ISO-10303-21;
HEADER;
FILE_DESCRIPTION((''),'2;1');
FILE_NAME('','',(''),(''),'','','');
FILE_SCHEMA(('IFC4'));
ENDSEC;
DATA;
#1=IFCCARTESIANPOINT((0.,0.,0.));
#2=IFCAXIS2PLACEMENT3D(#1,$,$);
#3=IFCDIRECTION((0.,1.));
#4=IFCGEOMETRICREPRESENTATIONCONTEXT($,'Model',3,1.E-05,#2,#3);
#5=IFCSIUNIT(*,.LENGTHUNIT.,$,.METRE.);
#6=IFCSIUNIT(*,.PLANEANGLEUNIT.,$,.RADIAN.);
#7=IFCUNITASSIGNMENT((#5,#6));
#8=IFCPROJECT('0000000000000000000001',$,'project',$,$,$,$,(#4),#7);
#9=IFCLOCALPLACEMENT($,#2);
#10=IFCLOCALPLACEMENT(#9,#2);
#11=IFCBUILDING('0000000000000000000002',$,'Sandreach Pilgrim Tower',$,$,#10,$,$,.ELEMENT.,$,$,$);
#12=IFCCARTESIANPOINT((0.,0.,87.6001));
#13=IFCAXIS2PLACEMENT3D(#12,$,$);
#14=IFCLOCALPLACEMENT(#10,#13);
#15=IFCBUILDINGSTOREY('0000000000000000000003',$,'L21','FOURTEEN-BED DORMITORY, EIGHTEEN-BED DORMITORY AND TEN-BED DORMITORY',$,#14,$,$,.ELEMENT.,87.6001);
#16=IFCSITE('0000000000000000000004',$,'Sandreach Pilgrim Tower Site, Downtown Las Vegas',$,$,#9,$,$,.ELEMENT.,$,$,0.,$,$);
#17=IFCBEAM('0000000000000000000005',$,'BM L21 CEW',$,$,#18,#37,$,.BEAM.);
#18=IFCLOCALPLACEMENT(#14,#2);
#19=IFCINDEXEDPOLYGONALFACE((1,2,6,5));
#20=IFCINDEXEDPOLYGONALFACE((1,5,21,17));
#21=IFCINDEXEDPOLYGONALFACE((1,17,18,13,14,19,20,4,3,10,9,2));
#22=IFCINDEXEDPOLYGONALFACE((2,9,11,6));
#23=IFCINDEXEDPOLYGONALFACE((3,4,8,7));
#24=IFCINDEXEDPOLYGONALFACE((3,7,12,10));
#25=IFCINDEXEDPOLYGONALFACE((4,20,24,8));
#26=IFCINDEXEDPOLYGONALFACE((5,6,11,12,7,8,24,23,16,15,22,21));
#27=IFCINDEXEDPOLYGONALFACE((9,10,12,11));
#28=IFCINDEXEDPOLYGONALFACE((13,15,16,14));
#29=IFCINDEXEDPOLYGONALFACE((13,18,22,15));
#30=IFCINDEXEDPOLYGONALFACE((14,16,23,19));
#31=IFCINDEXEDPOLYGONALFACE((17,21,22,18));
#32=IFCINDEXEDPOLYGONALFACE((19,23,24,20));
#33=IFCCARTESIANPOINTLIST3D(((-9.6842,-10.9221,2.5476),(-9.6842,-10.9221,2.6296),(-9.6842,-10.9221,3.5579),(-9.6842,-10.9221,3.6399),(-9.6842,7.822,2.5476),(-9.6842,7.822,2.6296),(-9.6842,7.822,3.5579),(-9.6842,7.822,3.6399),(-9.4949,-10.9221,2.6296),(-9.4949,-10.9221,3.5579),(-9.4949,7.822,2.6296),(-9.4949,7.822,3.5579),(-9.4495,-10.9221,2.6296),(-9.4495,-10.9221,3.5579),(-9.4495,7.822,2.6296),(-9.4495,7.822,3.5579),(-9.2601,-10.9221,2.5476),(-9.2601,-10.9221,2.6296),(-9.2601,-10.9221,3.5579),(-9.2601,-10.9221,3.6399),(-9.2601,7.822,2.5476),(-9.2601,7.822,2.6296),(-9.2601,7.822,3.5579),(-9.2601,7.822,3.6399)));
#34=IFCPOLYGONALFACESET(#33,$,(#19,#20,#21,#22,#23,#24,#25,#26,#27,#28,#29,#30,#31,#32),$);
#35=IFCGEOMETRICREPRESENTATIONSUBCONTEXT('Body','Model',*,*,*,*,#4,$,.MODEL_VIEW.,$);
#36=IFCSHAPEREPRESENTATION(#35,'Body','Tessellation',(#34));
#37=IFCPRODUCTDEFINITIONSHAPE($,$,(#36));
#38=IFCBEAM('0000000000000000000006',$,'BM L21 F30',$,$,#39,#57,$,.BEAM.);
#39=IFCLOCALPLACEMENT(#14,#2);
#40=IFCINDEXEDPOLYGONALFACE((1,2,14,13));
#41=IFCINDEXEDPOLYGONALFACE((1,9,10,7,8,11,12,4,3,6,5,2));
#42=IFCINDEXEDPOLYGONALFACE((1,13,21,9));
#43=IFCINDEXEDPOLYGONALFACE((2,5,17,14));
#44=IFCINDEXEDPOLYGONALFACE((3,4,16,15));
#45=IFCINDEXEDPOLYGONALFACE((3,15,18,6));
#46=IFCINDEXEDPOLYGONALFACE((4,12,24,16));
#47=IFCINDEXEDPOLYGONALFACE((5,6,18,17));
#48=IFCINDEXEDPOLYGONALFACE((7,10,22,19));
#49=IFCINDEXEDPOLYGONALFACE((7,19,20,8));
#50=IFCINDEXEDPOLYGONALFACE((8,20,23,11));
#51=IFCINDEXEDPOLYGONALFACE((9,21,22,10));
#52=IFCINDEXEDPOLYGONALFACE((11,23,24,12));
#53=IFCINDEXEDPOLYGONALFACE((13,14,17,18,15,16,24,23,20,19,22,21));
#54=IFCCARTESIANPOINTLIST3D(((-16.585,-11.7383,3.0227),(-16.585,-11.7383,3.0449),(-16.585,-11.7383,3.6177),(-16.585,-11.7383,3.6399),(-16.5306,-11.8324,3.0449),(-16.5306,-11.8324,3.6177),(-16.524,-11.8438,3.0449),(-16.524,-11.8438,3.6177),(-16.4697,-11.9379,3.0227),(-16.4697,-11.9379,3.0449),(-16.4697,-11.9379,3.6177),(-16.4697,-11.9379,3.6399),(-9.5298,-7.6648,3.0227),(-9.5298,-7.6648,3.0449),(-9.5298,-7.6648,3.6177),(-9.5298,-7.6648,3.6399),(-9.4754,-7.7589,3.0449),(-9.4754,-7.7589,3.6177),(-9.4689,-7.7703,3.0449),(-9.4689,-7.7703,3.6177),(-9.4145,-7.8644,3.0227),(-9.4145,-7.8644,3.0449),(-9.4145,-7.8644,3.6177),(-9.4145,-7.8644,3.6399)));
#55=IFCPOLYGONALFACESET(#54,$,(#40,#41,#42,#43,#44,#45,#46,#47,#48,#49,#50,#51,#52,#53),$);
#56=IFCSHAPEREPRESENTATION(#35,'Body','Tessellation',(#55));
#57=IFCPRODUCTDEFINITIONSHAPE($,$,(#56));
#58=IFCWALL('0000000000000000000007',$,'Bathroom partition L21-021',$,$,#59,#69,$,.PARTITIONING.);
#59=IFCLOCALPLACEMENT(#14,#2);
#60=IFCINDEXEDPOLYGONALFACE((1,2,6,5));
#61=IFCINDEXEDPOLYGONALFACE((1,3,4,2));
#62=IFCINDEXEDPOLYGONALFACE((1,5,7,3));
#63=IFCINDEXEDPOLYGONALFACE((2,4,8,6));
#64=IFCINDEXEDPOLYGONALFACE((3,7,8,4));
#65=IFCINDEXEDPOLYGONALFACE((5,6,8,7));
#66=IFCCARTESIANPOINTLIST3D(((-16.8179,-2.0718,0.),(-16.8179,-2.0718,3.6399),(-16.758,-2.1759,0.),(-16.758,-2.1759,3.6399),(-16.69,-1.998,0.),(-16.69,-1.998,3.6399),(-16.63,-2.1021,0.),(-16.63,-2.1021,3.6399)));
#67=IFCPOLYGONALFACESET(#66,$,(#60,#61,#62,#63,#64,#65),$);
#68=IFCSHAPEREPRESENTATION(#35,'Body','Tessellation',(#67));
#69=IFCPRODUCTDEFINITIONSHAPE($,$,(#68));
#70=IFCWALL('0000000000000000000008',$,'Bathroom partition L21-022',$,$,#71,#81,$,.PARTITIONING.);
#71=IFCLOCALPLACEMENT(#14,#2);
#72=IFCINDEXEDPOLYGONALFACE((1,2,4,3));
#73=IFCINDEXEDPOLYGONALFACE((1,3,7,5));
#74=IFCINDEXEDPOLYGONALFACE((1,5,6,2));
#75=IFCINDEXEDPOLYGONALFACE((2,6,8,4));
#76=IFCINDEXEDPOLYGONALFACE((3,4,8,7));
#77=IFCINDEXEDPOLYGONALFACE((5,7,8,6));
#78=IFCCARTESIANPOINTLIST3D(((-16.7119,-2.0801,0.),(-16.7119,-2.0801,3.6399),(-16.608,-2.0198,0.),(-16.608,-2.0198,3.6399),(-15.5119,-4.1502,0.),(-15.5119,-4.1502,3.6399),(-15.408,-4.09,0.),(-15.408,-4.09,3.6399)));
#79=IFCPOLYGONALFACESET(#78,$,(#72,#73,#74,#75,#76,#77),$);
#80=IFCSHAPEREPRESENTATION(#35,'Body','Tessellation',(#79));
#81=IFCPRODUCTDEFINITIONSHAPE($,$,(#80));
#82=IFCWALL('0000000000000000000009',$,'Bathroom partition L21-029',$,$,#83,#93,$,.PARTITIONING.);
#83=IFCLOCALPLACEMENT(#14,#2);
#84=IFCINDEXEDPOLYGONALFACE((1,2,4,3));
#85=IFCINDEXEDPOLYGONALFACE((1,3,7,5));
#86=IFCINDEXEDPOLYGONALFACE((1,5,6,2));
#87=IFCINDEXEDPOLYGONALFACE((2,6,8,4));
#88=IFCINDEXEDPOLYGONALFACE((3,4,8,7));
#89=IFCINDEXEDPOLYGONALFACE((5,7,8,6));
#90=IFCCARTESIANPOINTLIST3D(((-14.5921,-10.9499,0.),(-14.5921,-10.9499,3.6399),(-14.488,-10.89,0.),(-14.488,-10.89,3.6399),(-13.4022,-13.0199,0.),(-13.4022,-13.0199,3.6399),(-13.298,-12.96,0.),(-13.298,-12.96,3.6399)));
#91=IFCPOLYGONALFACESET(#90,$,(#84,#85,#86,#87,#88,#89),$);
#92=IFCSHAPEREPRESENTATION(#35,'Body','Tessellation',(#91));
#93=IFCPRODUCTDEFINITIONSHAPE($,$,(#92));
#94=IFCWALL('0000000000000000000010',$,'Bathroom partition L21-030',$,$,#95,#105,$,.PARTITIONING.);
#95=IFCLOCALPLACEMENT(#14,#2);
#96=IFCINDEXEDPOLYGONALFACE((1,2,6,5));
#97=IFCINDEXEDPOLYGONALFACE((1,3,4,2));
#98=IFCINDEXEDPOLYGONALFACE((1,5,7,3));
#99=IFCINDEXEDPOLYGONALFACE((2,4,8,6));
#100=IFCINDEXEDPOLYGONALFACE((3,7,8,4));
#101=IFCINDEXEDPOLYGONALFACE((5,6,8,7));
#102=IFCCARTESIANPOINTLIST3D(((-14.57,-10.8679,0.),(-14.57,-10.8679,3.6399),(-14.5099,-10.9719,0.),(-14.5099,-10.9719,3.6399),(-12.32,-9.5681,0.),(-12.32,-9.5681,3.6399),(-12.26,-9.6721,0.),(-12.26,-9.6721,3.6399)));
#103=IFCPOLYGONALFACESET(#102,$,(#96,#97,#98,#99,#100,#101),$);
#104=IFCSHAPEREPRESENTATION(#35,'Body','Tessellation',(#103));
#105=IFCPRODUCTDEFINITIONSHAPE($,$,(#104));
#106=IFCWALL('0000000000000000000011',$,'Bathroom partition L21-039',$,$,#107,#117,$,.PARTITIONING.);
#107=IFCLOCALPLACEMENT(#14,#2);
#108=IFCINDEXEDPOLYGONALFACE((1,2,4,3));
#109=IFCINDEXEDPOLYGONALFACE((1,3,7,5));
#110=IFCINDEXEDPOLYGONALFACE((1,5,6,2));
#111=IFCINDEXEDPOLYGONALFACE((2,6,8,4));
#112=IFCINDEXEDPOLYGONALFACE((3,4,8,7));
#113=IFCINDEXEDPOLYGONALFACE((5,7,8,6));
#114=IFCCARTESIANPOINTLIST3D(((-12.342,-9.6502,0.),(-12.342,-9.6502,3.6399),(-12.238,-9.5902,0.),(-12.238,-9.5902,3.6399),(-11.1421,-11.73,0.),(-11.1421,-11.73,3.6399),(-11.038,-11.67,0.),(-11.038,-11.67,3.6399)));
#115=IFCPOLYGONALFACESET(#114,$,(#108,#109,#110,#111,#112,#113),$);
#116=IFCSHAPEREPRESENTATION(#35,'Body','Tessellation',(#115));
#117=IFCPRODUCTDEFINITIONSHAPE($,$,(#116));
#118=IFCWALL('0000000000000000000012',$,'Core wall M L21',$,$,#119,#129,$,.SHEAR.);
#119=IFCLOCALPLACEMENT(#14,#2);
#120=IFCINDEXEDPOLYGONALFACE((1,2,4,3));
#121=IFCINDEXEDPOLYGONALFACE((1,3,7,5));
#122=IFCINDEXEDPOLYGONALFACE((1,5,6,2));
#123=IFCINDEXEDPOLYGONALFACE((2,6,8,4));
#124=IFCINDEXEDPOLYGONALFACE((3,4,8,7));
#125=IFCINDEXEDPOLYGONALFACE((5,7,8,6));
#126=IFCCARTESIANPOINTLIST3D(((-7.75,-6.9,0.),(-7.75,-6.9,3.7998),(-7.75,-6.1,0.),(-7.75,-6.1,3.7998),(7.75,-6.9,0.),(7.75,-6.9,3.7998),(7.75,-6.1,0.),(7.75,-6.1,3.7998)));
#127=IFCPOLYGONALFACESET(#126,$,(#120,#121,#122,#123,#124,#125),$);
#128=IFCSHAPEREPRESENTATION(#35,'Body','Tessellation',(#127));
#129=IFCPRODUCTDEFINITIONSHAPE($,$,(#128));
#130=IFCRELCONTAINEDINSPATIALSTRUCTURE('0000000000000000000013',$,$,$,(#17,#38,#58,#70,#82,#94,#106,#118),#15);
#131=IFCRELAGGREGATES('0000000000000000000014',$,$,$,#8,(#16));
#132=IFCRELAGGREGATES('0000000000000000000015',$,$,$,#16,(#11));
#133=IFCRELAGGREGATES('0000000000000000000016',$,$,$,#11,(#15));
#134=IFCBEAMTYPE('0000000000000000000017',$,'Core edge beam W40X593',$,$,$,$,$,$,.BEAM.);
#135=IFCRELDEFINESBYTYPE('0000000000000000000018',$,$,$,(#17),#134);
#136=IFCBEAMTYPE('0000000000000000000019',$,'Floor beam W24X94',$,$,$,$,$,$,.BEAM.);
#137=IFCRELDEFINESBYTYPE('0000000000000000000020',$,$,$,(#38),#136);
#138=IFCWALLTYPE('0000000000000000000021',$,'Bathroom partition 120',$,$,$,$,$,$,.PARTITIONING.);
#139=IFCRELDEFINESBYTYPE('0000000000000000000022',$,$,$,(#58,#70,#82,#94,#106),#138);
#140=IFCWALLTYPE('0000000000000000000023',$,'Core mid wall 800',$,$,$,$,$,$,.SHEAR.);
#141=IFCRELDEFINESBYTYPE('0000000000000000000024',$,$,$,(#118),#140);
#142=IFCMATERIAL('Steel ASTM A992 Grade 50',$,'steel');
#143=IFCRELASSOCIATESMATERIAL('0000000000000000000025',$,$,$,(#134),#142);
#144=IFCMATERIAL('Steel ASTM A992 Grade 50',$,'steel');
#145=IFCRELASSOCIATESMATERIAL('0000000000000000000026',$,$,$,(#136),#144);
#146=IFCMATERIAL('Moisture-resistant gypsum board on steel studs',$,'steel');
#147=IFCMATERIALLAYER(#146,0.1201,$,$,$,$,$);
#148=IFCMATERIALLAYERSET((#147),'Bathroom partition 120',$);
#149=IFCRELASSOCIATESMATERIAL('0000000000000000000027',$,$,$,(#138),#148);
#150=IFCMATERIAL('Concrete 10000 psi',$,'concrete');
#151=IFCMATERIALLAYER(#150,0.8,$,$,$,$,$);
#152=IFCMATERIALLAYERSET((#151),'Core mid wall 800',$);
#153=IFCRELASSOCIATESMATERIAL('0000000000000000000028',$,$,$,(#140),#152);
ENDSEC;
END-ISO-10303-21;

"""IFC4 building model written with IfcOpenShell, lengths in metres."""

from ifc_helpers import new_model, si_unit, direction, frame, frame_2d, origin, origin_2d, place, context, subcontext, project, spatial, rectangle, i_section, extrude, material, layer, layer_set, material_profile, profile_set, type_object, element, save


model = new_model("IFC4")

# Units and contexts
model_context = context("Model", 3, precision=1e-05, world=origin(), true_north=direction((0.0, 1.0)))
body_context = subcontext(model_context, "Body", "Model", "MODEL_VIEW")
ifc_project = project(units=[si_unit("LENGTHUNIT", "METRE"), si_unit("PLANEANGLEUNIT", "RADIAN")], contexts=[model_context])

# Site, building, storey
site_placement = place(None, origin())
site = spatial("IfcSite", under=ifc_project, at=site_placement, Name="Sandreach Pilgrim Tower Site, Downtown Las Vegas", CompositionType="ELEMENT", RefElevation=0.0)
building_placement = place(site_placement, origin())
building = spatial("IfcBuilding", under=site, at=building_placement, Name="Sandreach Pilgrim Tower", CompositionType="ELEMENT")
storey_placement = place(building_placement, frame((0.0, 0.0, 87.6001)))
storey = spatial("IfcBuildingStorey", under=building, at=storey_placement, Name="L21", Description="FOURTEEN-BED DORMITORY, EIGHTEEN-BED DORMITORY AND TEN-BED DORMITORY", CompositionType="ELEMENT", Elevation=87.6001)

# Beams
ifc_material_1 = material(Name="Steel ASTM A992 Grade 50", Category="steel")
ifc_material_profile_1 = material_profile(ifc_material_1, i_section(OverallWidth=0.4241, OverallDepth=1.0923, WebThickness=0.0454, FlangeThickness=0.082, at=origin_2d()), Name="W40X593")
ifc_profile_set_1 = profile_set([ifc_material_profile_1], Name="Steel ASTM A992 Grade 50")
beam_type_1 = type_object("IfcBeamType", Name="Core edge beam W40X593", PredefinedType="BEAM", material=ifc_profile_set_1)
beam_1_placement = place(storey_placement, frame((-9.4722, -10.9221, 3.0938), z_axis=(0.0, 1.0, 0.0), x_axis=(-1.0, 0.0, 0.0)))
element("IfcBeam", 1, at=beam_1_placement, inside=storey, type_object=beam_type_1, Name="BM L21 CEW", PredefinedType="BEAM", context=body_context, shape_type="SweptSolid", body=[
    extrude(i_section(OverallWidth=0.4241, OverallDepth=1.0923, WebThickness=0.0454, FlangeThickness=0.082, at=origin_2d()), origin(), (0.0, 0.0, 1.0), 18.7441),
])
ifc_material_2 = material(Name="Steel ASTM A992 Grade 50", Category="steel")
ifc_material_profile_2 = material_profile(ifc_material_2, i_section(OverallWidth=0.2305, OverallDepth=0.6172, WebThickness=0.0132, FlangeThickness=0.0222, at=origin_2d()), Name="W24X94")
ifc_profile_set_2 = profile_set([ifc_material_profile_2], Name="Steel ASTM A992 Grade 50")
beam_type_2 = type_object("IfcBeamType", Name="Floor beam W24X94", PredefinedType="BEAM", material=ifc_profile_set_2)
beam_2_placement = place(storey_placement, frame((-16.5273, -11.8381, 3.3313), z_axis=(0.866016, 0.500016, 0.0), x_axis=(-0.500016, 0.866016, 0.0)))
element("IfcBeam", 2, at=beam_2_placement, inside=storey, type_object=beam_type_2, Name="BM L21 F30", PredefinedType="BEAM", context=body_context, shape_type="SweptSolid", body=[
    extrude(i_section(OverallWidth=0.2305, OverallDepth=0.6172, WebThickness=0.0132, FlangeThickness=0.0222, at=origin_2d()), origin(), (0.0, 0.0, 1.0), 8.1467),
])

# Walls
ifc_material_3 = material(Name="Moisture-resistant gypsum board on steel studs", Category="steel")
ifc_layer_1 = layer(ifc_material_3, 0.1201)
ifc_layer_set_1 = layer_set([ifc_layer_1], Name="Bathroom partition 120")
wall_type_1 = type_object("IfcWallType", Name="Bathroom partition 120", PredefinedType="PARTITIONING", material=ifc_layer_set_1)
wall_1_placement = place(storey_placement, frame((-16.7878, -2.1238, 0.0), z_axis=(0.0, 0.0, 1.0), x_axis=(0.866406, 0.499341, 0.0)))
element("IfcWall", 3, at=wall_1_placement, inside=storey, type_object=wall_type_1, Name="Bathroom partition L21-021", PredefinedType="PARTITIONING", context=body_context, shape_type="SweptSolid", body=[
    extrude(rectangle(XDim=0.1477, YDim=0.1201, at=frame_2d((0.0737, 0.0))), origin(), (0.0, 0.0, 1.0), 3.6399),
])
wall_2_placement = place(storey_placement, frame((-16.6599, -2.05, 0.0), z_axis=(0.0, 0.0, 1.0), x_axis=(0.501503, -0.865156, 0.0)))
element("IfcWall", 4, at=wall_2_placement, inside=storey, type_object=wall_type_1, Name="Bathroom partition L21-022", PredefinedType="PARTITIONING", context=body_context, shape_type="SweptSolid", body=[
    extrude(rectangle(XDim=2.3928, YDim=0.1201, at=frame_2d((1.1963, 0.0))), origin(), (0.0, 0.0, 1.0), 3.6399),
])
wall_3_placement = place(storey_placement, frame((-14.54, -10.9199, 0.0), z_axis=(0.0, 0.0, 1.0), x_axis=(0.498362, -0.866969, 0.0)))
element("IfcWall", 5, at=wall_3_placement, inside=storey, type_object=wall_type_1, Name="Bathroom partition L21-029", PredefinedType="PARTITIONING", context=body_context, shape_type="SweptSolid", body=[
    extrude(rectangle(XDim=2.3877, YDim=0.1201, at=frame_2d((1.1938, 0.0))), origin(), (0.0, 0.0, 1.0), 3.6399),
])
wall_4_placement = place(storey_placement, frame((-14.54, -10.9199, 0.0), z_axis=(0.0, 0.0, 1.0), x_axis=(0.865898, 0.500221, 0.0)))
element("IfcWall", 6, at=wall_4_placement, inside=storey, type_object=wall_type_1, Name="Bathroom partition L21-030", PredefinedType="PARTITIONING", context=body_context, shape_type="SweptSolid", body=[
    extrude(rectangle(XDim=2.5984, YDim=0.1201, at=frame_2d((1.2993, 0.0))), origin(), (0.0, 0.0, 1.0), 3.6399),
])
wall_5_placement = place(storey_placement, frame((-12.29, -9.6201, 0.0), z_axis=(0.0, 0.0, 1.0), x_axis=(0.499737, -0.866177, 0.0)))
element("IfcWall", 7, at=wall_5_placement, inside=storey, type_object=wall_type_1, Name="Bathroom partition L21-039", PredefinedType="PARTITIONING", context=body_context, shape_type="SweptSolid", body=[
    extrude(rectangle(XDim=2.4011, YDim=0.1201, at=frame_2d((1.2007, 0.0))), origin(), (0.0, 0.0, 1.0), 3.6399),
])
ifc_material_4 = material(Name="Concrete 10000 psi", Category="concrete")
ifc_layer_2 = layer(ifc_material_4, 0.8)
ifc_layer_set_2 = layer_set([ifc_layer_2], Name="Core mid wall 800")
wall_type_2 = type_object("IfcWallType", Name="Core mid wall 800", PredefinedType="SHEAR", material=ifc_layer_set_2)
wall_6_placement = place(storey_placement, frame((-7.75, -6.5, 0.0), z_axis=(0.0, 0.0, 1.0), x_axis=(1.0, 0.0, 0.0)))
element("IfcWall", 8, at=wall_6_placement, inside=storey, type_object=wall_type_2, Name="Core wall M L21", PredefinedType="SHEAR", context=body_context, shape_type="SweptSolid", body=[
    extrude(rectangle(XDim=15.5, YDim=0.8, at=frame_2d((7.75, 0.0))), origin(), (0.0, 0.0, 1.0), 3.7998),
])

save(model, "model.ifc")
